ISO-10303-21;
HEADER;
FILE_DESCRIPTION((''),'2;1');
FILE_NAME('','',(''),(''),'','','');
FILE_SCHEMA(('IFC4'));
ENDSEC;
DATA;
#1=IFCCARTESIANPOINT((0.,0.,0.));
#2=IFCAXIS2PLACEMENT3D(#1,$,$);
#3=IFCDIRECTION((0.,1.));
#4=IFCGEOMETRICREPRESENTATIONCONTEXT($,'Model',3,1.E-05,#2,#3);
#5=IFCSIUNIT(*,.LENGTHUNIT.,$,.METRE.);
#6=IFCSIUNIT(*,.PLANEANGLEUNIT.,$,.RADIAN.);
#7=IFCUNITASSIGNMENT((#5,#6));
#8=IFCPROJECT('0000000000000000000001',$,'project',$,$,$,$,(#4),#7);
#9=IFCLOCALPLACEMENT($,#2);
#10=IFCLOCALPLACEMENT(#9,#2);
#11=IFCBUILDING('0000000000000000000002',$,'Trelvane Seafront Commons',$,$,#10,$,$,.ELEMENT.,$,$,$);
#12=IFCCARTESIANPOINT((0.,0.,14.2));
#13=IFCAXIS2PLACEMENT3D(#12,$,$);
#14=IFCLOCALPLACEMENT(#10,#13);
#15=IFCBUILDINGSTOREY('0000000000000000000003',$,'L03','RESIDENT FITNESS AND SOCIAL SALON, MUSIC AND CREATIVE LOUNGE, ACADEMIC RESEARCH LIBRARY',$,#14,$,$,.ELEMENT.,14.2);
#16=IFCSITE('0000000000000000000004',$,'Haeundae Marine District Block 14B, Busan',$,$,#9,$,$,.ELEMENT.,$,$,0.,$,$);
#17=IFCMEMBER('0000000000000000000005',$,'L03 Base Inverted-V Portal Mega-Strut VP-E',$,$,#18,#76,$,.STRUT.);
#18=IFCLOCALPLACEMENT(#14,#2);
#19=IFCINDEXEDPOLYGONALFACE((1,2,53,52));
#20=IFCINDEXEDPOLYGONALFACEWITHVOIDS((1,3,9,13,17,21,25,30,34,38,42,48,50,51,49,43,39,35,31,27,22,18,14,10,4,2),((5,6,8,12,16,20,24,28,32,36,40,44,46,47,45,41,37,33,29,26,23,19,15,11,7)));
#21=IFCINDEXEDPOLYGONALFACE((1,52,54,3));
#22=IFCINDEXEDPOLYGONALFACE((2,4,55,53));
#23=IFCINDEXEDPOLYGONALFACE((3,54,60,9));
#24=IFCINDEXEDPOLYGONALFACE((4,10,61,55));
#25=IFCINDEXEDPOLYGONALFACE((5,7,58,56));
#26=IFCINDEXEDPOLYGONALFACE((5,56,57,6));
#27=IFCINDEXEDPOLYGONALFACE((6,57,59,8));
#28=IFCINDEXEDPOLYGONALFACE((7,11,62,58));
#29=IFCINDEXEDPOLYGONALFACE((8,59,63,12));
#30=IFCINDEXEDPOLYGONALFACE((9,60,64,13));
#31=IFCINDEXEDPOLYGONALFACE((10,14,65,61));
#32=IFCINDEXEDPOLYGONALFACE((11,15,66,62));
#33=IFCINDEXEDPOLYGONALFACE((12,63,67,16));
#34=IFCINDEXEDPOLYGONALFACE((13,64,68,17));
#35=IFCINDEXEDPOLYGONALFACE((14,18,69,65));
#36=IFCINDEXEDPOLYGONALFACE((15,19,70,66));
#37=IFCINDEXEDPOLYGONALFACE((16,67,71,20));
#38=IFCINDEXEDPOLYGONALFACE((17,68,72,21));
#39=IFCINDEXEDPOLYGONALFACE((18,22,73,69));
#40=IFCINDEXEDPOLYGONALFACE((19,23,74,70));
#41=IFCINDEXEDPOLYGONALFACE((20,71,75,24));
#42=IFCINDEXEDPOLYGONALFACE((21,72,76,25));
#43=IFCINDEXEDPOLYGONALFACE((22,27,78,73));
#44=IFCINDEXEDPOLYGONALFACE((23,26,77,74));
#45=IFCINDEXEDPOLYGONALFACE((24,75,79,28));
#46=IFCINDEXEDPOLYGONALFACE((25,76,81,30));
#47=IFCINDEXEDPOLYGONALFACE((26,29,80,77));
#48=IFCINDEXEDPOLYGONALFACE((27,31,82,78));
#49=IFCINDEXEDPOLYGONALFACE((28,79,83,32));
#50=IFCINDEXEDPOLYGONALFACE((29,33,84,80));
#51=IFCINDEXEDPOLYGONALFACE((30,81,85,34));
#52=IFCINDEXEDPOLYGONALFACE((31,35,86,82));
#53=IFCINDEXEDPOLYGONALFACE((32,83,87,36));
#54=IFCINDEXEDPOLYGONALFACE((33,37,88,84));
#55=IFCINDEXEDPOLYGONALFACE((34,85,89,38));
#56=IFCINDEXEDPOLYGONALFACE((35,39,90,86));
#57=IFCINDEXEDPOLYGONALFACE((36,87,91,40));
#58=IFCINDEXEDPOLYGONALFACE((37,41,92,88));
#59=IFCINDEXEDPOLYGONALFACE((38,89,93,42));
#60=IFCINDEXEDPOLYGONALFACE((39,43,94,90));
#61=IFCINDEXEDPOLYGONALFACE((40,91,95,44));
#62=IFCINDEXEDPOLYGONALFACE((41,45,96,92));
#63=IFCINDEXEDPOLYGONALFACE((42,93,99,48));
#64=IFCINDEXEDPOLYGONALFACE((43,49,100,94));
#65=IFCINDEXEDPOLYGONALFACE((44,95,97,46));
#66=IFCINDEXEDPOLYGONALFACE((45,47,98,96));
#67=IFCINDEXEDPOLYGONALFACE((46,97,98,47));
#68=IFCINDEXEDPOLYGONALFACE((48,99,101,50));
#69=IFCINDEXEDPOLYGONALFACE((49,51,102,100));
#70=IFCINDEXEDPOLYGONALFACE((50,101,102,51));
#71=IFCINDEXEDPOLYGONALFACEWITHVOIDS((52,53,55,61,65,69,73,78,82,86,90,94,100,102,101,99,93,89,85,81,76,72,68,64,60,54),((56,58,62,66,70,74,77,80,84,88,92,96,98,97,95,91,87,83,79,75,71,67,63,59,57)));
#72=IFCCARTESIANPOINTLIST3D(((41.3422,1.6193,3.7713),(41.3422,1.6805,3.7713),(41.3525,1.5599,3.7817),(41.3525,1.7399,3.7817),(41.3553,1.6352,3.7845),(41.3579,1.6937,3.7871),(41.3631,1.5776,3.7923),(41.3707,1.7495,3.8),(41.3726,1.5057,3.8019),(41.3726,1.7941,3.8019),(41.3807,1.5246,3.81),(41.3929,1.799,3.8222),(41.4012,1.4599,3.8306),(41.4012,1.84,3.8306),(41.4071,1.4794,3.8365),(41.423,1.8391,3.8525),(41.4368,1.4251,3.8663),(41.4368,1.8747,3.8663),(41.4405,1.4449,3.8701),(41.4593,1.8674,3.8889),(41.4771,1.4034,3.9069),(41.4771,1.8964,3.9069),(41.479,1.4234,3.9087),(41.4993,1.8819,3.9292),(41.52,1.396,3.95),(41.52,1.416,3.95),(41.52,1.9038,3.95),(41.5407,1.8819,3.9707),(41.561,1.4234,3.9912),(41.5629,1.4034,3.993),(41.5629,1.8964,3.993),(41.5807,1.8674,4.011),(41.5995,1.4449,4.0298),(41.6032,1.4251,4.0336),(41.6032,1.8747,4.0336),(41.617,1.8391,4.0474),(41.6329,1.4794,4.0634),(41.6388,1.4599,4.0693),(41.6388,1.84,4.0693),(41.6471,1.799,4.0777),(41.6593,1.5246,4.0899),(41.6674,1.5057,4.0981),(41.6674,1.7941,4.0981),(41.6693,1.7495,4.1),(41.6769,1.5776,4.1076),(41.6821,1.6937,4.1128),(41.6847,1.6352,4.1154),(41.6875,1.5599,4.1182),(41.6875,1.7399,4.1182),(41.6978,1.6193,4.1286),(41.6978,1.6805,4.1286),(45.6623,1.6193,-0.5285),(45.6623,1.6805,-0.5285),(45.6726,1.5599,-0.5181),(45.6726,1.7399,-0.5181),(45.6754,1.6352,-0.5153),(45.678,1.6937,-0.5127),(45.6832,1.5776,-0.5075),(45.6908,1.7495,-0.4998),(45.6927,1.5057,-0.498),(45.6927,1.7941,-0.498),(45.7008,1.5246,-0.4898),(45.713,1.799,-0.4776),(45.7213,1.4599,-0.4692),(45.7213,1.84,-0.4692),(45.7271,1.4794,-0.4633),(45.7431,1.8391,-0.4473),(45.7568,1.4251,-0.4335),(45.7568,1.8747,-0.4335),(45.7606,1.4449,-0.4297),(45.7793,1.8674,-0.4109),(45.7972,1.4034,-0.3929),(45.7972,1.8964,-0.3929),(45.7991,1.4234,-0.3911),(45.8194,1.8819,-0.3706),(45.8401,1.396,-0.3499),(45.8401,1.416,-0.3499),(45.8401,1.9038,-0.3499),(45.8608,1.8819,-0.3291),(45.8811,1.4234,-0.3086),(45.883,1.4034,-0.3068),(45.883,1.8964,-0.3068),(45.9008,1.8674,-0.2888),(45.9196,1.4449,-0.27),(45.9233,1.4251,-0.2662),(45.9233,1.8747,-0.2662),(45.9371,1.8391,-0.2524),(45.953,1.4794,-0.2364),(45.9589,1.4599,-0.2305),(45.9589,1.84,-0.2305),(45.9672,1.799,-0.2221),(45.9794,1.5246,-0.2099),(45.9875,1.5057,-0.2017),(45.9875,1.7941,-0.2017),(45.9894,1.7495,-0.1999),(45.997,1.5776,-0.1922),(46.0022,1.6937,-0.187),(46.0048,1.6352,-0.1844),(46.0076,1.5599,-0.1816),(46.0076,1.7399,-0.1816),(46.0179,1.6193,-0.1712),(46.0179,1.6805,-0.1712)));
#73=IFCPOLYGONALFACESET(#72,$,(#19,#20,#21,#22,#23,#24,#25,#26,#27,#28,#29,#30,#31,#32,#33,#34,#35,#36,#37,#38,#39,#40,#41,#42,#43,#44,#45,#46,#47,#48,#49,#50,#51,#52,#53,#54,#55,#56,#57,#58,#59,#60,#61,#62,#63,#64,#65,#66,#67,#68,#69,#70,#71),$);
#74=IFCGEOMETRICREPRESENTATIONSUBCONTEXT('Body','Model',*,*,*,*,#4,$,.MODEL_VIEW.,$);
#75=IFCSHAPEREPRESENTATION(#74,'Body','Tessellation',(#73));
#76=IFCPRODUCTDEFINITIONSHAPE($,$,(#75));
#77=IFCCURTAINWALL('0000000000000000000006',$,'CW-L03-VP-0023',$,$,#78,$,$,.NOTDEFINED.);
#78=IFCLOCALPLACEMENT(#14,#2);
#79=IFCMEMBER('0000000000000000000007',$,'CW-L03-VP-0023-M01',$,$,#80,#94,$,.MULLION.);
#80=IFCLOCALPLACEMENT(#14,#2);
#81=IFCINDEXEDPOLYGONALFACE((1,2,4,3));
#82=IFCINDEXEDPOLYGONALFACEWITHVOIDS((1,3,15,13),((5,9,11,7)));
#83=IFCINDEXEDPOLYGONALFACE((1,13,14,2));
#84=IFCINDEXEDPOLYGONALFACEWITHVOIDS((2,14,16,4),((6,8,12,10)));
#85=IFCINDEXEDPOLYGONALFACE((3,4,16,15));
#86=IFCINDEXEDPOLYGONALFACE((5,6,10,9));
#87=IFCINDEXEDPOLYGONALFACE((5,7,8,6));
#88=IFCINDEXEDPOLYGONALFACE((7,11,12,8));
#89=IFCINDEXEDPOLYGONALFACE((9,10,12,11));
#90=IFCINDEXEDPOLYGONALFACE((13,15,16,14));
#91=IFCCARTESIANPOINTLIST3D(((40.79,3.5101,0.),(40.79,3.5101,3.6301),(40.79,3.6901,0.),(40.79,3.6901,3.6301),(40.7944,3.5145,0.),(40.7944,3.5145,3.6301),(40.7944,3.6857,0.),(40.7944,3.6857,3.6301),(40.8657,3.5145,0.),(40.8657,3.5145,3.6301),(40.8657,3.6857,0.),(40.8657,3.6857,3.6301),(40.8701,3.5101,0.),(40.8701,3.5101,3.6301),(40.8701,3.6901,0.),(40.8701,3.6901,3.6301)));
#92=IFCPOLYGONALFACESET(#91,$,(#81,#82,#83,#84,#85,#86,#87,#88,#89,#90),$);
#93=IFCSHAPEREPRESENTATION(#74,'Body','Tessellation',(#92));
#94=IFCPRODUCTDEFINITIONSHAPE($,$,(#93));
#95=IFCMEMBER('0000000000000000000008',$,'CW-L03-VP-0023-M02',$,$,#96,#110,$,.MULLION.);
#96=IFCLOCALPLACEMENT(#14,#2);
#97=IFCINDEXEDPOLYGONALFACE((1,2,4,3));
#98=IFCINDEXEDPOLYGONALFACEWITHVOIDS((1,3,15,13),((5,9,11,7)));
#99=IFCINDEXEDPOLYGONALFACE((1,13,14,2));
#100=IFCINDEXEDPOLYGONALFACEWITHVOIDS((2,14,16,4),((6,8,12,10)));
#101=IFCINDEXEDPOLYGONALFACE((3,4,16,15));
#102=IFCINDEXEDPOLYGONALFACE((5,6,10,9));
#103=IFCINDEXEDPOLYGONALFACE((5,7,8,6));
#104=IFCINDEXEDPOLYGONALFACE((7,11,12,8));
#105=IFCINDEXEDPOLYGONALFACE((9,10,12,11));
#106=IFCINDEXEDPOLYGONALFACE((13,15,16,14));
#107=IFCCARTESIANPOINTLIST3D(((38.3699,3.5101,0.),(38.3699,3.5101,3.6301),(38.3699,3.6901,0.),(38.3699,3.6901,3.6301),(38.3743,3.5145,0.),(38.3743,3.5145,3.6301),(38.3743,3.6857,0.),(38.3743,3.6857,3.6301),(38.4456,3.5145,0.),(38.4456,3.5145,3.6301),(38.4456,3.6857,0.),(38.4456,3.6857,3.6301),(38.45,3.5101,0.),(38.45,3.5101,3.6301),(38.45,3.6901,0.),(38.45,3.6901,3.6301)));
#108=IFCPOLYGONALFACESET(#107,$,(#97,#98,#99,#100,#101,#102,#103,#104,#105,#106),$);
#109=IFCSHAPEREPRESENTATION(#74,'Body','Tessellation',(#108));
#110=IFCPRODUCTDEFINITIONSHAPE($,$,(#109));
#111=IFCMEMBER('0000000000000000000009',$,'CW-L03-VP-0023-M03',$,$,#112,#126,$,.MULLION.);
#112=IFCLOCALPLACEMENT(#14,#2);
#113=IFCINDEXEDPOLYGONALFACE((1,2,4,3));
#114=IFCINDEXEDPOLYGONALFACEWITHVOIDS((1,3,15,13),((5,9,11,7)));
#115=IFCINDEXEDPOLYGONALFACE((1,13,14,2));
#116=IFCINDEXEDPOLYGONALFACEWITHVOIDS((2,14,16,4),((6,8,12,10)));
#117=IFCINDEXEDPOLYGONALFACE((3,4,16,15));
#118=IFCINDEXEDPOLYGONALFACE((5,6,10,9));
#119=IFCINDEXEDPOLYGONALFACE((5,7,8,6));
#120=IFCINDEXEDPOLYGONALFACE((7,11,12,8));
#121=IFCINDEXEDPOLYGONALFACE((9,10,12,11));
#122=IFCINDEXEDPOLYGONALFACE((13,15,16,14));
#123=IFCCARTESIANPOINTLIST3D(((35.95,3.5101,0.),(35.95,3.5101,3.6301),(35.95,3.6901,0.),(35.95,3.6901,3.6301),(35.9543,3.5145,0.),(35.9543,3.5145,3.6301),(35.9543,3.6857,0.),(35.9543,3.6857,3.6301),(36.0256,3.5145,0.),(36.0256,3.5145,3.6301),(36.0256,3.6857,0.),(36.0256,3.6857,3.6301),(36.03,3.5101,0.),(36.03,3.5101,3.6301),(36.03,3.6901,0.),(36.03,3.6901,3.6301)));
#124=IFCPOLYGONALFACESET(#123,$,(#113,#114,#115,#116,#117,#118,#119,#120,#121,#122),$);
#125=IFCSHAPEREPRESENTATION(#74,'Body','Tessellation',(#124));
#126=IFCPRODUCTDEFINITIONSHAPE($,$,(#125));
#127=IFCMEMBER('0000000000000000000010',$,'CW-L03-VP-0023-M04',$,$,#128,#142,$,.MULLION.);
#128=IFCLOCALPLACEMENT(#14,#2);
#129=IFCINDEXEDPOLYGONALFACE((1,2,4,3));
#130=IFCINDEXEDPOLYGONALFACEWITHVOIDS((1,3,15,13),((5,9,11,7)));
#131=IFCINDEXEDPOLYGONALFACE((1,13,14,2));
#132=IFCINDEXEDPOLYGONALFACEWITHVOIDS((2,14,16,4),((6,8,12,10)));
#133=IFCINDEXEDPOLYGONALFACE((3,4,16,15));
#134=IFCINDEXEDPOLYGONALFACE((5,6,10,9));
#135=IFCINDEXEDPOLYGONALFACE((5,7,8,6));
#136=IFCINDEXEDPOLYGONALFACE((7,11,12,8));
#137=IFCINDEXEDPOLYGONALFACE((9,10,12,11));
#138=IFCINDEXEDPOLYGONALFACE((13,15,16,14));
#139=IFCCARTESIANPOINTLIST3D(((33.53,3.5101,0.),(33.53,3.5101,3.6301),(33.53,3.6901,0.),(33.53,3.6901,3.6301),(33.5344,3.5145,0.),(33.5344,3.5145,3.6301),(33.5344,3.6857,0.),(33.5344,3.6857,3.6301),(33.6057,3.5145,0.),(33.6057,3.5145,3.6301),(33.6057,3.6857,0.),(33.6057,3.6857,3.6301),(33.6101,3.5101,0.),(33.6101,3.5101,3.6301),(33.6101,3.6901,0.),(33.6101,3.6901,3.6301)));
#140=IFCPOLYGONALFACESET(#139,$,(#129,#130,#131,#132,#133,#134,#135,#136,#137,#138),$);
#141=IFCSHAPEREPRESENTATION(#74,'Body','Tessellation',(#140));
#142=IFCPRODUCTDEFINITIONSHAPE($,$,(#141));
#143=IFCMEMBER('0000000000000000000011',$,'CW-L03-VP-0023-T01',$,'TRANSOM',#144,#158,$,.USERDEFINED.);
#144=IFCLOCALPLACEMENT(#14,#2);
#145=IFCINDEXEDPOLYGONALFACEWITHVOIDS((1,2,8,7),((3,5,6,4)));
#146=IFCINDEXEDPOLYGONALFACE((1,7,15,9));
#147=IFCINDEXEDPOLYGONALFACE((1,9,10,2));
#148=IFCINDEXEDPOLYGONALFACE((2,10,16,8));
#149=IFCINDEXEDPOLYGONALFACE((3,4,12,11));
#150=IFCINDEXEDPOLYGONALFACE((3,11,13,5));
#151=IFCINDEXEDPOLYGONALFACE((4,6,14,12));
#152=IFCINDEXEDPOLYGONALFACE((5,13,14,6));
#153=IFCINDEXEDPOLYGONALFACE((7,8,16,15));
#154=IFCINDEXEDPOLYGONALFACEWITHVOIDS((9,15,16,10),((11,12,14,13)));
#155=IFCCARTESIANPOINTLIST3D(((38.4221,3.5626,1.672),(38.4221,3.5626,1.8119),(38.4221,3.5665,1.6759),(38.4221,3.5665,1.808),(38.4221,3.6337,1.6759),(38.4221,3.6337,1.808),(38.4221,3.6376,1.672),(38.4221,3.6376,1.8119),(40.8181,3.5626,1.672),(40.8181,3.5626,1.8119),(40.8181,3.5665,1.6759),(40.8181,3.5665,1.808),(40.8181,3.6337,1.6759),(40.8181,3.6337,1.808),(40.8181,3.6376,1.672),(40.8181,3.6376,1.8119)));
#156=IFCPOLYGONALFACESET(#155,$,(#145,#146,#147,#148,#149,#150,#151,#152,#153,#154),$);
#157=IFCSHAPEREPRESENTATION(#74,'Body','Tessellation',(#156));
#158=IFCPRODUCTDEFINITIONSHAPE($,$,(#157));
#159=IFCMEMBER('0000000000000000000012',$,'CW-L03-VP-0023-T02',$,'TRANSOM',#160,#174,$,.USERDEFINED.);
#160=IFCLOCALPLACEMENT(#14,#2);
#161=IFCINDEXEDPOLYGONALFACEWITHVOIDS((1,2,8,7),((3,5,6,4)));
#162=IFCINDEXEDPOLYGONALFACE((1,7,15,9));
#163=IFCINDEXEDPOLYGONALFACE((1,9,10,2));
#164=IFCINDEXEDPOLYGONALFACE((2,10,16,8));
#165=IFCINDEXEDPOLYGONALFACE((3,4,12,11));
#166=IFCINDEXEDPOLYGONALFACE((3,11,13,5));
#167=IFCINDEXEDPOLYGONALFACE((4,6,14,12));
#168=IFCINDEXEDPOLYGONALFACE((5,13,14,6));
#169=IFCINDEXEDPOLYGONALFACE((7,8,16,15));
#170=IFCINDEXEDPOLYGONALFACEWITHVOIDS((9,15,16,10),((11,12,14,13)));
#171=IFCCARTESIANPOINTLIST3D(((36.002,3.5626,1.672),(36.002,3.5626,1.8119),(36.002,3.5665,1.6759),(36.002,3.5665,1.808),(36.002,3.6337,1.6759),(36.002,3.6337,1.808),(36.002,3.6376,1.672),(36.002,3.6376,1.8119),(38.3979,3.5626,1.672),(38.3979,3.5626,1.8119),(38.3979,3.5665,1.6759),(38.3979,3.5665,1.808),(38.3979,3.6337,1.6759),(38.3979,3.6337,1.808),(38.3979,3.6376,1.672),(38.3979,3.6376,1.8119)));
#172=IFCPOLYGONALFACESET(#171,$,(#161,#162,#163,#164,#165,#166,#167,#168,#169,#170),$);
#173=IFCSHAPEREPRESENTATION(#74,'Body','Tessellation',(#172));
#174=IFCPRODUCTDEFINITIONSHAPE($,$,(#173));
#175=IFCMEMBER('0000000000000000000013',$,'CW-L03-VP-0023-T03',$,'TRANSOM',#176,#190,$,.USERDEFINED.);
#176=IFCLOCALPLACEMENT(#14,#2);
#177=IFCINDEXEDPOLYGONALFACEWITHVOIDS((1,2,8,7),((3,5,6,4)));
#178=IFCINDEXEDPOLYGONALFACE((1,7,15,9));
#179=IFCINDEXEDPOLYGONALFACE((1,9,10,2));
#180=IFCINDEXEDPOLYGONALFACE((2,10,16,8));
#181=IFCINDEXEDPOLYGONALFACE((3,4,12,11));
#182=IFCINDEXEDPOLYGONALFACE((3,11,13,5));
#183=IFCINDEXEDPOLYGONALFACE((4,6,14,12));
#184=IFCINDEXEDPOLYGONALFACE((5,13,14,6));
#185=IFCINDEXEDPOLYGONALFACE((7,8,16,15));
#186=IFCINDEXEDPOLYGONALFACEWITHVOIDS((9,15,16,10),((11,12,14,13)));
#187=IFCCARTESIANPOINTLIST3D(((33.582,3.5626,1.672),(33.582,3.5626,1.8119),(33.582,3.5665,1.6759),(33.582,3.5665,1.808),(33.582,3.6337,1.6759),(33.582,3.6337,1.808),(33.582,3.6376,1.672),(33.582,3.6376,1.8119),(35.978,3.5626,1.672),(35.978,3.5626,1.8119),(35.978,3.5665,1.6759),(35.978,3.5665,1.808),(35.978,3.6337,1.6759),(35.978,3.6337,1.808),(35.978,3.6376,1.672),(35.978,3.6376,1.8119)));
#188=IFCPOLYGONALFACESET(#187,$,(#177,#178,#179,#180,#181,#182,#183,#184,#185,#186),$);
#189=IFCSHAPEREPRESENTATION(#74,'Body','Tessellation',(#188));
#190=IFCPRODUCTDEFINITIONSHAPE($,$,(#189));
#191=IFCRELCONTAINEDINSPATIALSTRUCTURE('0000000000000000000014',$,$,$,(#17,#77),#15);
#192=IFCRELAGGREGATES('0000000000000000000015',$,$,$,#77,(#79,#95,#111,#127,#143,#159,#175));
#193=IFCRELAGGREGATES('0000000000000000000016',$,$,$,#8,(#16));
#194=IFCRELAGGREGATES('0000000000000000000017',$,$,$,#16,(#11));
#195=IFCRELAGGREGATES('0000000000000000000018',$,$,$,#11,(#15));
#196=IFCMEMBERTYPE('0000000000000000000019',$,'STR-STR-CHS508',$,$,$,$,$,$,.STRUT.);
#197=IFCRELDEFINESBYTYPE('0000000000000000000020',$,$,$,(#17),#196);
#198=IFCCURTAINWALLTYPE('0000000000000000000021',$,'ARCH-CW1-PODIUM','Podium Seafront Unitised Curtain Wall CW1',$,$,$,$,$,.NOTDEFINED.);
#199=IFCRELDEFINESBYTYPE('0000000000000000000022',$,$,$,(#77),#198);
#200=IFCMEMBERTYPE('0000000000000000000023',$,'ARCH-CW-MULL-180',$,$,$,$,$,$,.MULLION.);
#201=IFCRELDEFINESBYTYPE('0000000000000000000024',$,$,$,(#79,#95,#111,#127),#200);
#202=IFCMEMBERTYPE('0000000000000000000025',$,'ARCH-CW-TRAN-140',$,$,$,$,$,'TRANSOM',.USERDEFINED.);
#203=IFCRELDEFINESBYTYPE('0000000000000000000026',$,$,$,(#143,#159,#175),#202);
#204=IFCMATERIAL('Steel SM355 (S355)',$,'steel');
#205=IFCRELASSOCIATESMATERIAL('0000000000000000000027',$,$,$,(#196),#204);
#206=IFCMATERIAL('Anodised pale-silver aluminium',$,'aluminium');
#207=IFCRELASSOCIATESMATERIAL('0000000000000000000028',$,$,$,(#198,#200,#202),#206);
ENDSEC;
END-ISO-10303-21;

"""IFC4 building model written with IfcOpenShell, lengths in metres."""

from ifc_helpers import new_model, si_unit, direction, frame, origin, origin_2d, place, context, subcontext, project, spatial, hollow_rectangle, hollow_circle, extrude, source, transform, mapped, material, material_profile, profile_set, type_object, element, aggregate, save


model = new_model("IFC4")

# Units and contexts
model_context = context("Model", 3, precision=1e-05, world=origin(), true_north=direction((0.0, 1.0)))
body_context = subcontext(model_context, "Body", "Model", "MODEL_VIEW")
ifc_project = project(units=[si_unit("LENGTHUNIT", "METRE"), si_unit("PLANEANGLEUNIT", "RADIAN")], contexts=[model_context])

# Site, building, storey
site_placement = place(None, origin())
site = spatial("IfcSite", under=ifc_project, at=site_placement, Name="Haeundae Marine District Block 14B, Busan", CompositionType="ELEMENT", RefElevation=0.0)
building_placement = place(site_placement, origin())
building = spatial("IfcBuilding", under=site, at=building_placement, Name="Trelvane Seafront Commons", CompositionType="ELEMENT")
storey_placement = place(building_placement, frame((0.0, 0.0, 14.2)))
storey = spatial("IfcBuildingStorey", under=building, at=storey_placement, Name="L03", Description="RESIDENT FITNESS AND SOCIAL SALON, MUSIC AND CREATIVE LOUNGE, ACADEMIC RESEARCH LIBRARY", CompositionType="ELEMENT", Elevation=14.2)

# Member
ifc_material_1 = material(Name="Steel SM355 (S355)", Category="steel")
ifc_material_profile_1 = material_profile(ifc_material_1, hollow_circle(Radius=0.2539, WallThickness=0.02, at=origin_2d()), Name="CHS-508x20")
ifc_profile_set_1 = profile_set([ifc_material_profile_1], Name="Steel SM355 (S355)")
member_type_1 = type_object("IfcMemberType", Name="STR-STR-CHS508", PredefinedType="STRUT", material=ifc_profile_set_1)
shared_shape_1 = source(origin(), body_context, "Body", "SweptSolid", [
    extrude(hollow_circle(Radius=0.2539, WallThickness=0.02, at=origin_2d()), origin(), (0.0, 0.0, 1.0), 6.0952),
])
member_1_placement = place(storey_placement, frame((45.8401, 1.6499, -0.3499), z_axis=(-0.708767, 0.0, 0.705443), x_axis=(0.0, -1.0, 0.0)))
element("IfcMember", 1, at=member_1_placement, inside=storey, type_object=member_type_1, Name="L03 Base Inverted-V Portal Mega-Strut VP-E", PredefinedType="STRUT", context=body_context, shape_type="MappedRepresentation", body=[
    mapped(shared_shape_1, transform((0.0, 0.0, 0.0), x_axis=(1.0, 0.0, 0.0), y_axis=(0.0, 1.0, 0.0), z_axis=(0.0, 0.0, 1.0), scale=1.0)),
])

# Curtain wall, members
ifc_material_2 = material(Name="Anodised pale-silver aluminium", Category="aluminium")
curtain_wall_type = type_object("IfcCurtainWallType", Name="ARCH-CW1-PODIUM", Description="Podium Seafront Unitised Curtain Wall CW1", PredefinedType="NOTDEFINED", material=ifc_material_2)
curtain_wall_placement = place(storey_placement, origin())
curtain_wall = element("IfcCurtainWall", 2, at=curtain_wall_placement, inside=storey, type_object=curtain_wall_type, Name="CW-L03-VP-0023", PredefinedType="NOTDEFINED")
ifc_material_profile_2 = material_profile(ifc_material_2, hollow_rectangle(XDim=0.0801, YDim=0.1799, WallThickness=0.0044, at=origin_2d()), Name="MULL-80x180x4.5")
ifc_profile_set_2 = profile_set([ifc_material_profile_2], Name="Anodised pale-silver aluminium")
member_type_2 = type_object("IfcMemberType", Name="ARCH-CW-MULL-180", PredefinedType="MULLION", material=ifc_profile_set_2)
shared_shape_2 = source(origin(), body_context, "Body", "SweptSolid", [
    extrude(hollow_rectangle(XDim=0.0801, YDim=0.1799, WallThickness=0.0044, at=origin_2d()), origin(), (0.0, 0.0, 1.0), 3.6301),
])
member_2_placement = place(storey_placement, frame((40.8301, 3.6001, 0.0), z_axis=(0.0, 0.0, 1.0), x_axis=(1.0, 0.0, 0.0)))
member_2 = element("IfcMember", 3, at=member_2_placement, type_object=member_type_2, Name="CW-L03-VP-0023-M01", PredefinedType="MULLION", context=body_context, shape_type="MappedRepresentation", body=[
    mapped(shared_shape_2, transform((0.0, 0.0, 0.0), x_axis=(1.0, 0.0, 0.0), y_axis=(0.0, 1.0, 0.0), z_axis=(0.0, 0.0, 1.0), scale=1.0)),
])
member_3_placement = place(storey_placement, frame((38.4099, 3.6001, 0.0), z_axis=(0.0, 0.0, 1.0), x_axis=(1.0, 0.0, 0.0)))
member_3 = element("IfcMember", 4, at=member_3_placement, type_object=member_type_2, Name="CW-L03-VP-0023-M02", PredefinedType="MULLION", context=body_context, shape_type="MappedRepresentation", body=[
    mapped(shared_shape_2, transform((0.0, 0.0, 0.0), x_axis=(1.0, 0.0, 0.0), y_axis=(0.0, 1.0, 0.0), z_axis=(0.0, 0.0, 1.0), scale=1.0)),
])
member_4_placement = place(storey_placement, frame((35.99, 3.6001, 0.0), z_axis=(0.0, 0.0, 1.0), x_axis=(1.0, 0.0, 0.0)))
member_4 = element("IfcMember", 5, at=member_4_placement, type_object=member_type_2, Name="CW-L03-VP-0023-M03", PredefinedType="MULLION", context=body_context, shape_type="MappedRepresentation", body=[
    mapped(shared_shape_2, transform((0.0, 0.0, 0.0), x_axis=(1.0, 0.0, 0.0), y_axis=(0.0, 1.0, 0.0), z_axis=(0.0, 0.0, 1.0), scale=1.0)),
])
member_5_placement = place(storey_placement, frame((33.5701, 3.6001, 0.0), z_axis=(0.0, 0.0, 1.0), x_axis=(1.0, 0.0, 0.0)))
member_5 = element("IfcMember", 6, at=member_5_placement, type_object=member_type_2, Name="CW-L03-VP-0023-M04", PredefinedType="MULLION", context=body_context, shape_type="MappedRepresentation", body=[
    mapped(shared_shape_2, transform((0.0, 0.0, 0.0), x_axis=(1.0, 0.0, 0.0), y_axis=(0.0, 1.0, 0.0), z_axis=(0.0, 0.0, 1.0), scale=1.0)),
])
ifc_material_profile_3 = material_profile(ifc_material_2, hollow_rectangle(XDim=0.075, YDim=0.1399, WallThickness=0.0039, at=origin_2d()), Name="TRAN-75x140x4")
ifc_profile_set_3 = profile_set([ifc_material_profile_3], Name="Anodised pale-silver aluminium")
member_type_3 = type_object("IfcMemberType", Name="ARCH-CW-TRAN-140", ElementType="TRANSOM", PredefinedType="USERDEFINED", material=ifc_profile_set_3)
shared_shape_3 = source(origin(), body_context, "Body", "SweptSolid", [
    extrude(hollow_rectangle(XDim=0.075, YDim=0.1399, WallThickness=0.0039, at=origin_2d()), origin(), (0.0, 0.0, 1.0), 2.396),
])
member_6_placement = place(storey_placement, frame((40.8181, 3.6001, 1.7419), z_axis=(-1.0, 0.0, 0.0), x_axis=(0.0, -1.0, 0.0)))
member_6 = element("IfcMember", 7, at=member_6_placement, type_object=member_type_3, Name="CW-L03-VP-0023-T01", ObjectType="TRANSOM", PredefinedType="USERDEFINED", context=body_context, shape_type="MappedRepresentation", body=[
    mapped(shared_shape_3, transform((0.0, 0.0, 0.0), x_axis=(1.0, 0.0, 0.0), y_axis=(0.0, 1.0, 0.0), z_axis=(0.0, 0.0, 1.0), scale=1.0)),
])
member_7_placement = place(storey_placement, frame((38.3979, 3.6001, 1.7419), z_axis=(-1.0, 0.0, 0.0), x_axis=(0.0, -1.0, 0.0)))
member_7 = element("IfcMember", 8, at=member_7_placement, type_object=member_type_3, Name="CW-L03-VP-0023-T02", ObjectType="TRANSOM", PredefinedType="USERDEFINED", context=body_context, shape_type="MappedRepresentation", body=[
    mapped(shared_shape_3, transform((0.0, 0.0, 0.0), x_axis=(1.0, 0.0, 0.0), y_axis=(0.0, 1.0, 0.0), z_axis=(0.0, 0.0, 1.0), scale=1.0)),
])
member_8_placement = place(storey_placement, frame((35.978, 3.6001, 1.7419), z_axis=(-1.0, 0.0, 0.0), x_axis=(0.0, -1.0, 0.0)))
member_8 = element("IfcMember", 9, at=member_8_placement, type_object=member_type_3, Name="CW-L03-VP-0023-T03", ObjectType="TRANSOM", PredefinedType="USERDEFINED", context=body_context, shape_type="MappedRepresentation", body=[
    mapped(shared_shape_3, transform((0.0, 0.0, 0.0), x_axis=(1.0, 0.0, 0.0), y_axis=(0.0, 1.0, 0.0), z_axis=(0.0, 0.0, 1.0), scale=1.0)),
])

aggregate(curtain_wall, [member_2, member_3, member_4, member_5, member_6, member_7, member_8])

save(model, "model.ifc")
